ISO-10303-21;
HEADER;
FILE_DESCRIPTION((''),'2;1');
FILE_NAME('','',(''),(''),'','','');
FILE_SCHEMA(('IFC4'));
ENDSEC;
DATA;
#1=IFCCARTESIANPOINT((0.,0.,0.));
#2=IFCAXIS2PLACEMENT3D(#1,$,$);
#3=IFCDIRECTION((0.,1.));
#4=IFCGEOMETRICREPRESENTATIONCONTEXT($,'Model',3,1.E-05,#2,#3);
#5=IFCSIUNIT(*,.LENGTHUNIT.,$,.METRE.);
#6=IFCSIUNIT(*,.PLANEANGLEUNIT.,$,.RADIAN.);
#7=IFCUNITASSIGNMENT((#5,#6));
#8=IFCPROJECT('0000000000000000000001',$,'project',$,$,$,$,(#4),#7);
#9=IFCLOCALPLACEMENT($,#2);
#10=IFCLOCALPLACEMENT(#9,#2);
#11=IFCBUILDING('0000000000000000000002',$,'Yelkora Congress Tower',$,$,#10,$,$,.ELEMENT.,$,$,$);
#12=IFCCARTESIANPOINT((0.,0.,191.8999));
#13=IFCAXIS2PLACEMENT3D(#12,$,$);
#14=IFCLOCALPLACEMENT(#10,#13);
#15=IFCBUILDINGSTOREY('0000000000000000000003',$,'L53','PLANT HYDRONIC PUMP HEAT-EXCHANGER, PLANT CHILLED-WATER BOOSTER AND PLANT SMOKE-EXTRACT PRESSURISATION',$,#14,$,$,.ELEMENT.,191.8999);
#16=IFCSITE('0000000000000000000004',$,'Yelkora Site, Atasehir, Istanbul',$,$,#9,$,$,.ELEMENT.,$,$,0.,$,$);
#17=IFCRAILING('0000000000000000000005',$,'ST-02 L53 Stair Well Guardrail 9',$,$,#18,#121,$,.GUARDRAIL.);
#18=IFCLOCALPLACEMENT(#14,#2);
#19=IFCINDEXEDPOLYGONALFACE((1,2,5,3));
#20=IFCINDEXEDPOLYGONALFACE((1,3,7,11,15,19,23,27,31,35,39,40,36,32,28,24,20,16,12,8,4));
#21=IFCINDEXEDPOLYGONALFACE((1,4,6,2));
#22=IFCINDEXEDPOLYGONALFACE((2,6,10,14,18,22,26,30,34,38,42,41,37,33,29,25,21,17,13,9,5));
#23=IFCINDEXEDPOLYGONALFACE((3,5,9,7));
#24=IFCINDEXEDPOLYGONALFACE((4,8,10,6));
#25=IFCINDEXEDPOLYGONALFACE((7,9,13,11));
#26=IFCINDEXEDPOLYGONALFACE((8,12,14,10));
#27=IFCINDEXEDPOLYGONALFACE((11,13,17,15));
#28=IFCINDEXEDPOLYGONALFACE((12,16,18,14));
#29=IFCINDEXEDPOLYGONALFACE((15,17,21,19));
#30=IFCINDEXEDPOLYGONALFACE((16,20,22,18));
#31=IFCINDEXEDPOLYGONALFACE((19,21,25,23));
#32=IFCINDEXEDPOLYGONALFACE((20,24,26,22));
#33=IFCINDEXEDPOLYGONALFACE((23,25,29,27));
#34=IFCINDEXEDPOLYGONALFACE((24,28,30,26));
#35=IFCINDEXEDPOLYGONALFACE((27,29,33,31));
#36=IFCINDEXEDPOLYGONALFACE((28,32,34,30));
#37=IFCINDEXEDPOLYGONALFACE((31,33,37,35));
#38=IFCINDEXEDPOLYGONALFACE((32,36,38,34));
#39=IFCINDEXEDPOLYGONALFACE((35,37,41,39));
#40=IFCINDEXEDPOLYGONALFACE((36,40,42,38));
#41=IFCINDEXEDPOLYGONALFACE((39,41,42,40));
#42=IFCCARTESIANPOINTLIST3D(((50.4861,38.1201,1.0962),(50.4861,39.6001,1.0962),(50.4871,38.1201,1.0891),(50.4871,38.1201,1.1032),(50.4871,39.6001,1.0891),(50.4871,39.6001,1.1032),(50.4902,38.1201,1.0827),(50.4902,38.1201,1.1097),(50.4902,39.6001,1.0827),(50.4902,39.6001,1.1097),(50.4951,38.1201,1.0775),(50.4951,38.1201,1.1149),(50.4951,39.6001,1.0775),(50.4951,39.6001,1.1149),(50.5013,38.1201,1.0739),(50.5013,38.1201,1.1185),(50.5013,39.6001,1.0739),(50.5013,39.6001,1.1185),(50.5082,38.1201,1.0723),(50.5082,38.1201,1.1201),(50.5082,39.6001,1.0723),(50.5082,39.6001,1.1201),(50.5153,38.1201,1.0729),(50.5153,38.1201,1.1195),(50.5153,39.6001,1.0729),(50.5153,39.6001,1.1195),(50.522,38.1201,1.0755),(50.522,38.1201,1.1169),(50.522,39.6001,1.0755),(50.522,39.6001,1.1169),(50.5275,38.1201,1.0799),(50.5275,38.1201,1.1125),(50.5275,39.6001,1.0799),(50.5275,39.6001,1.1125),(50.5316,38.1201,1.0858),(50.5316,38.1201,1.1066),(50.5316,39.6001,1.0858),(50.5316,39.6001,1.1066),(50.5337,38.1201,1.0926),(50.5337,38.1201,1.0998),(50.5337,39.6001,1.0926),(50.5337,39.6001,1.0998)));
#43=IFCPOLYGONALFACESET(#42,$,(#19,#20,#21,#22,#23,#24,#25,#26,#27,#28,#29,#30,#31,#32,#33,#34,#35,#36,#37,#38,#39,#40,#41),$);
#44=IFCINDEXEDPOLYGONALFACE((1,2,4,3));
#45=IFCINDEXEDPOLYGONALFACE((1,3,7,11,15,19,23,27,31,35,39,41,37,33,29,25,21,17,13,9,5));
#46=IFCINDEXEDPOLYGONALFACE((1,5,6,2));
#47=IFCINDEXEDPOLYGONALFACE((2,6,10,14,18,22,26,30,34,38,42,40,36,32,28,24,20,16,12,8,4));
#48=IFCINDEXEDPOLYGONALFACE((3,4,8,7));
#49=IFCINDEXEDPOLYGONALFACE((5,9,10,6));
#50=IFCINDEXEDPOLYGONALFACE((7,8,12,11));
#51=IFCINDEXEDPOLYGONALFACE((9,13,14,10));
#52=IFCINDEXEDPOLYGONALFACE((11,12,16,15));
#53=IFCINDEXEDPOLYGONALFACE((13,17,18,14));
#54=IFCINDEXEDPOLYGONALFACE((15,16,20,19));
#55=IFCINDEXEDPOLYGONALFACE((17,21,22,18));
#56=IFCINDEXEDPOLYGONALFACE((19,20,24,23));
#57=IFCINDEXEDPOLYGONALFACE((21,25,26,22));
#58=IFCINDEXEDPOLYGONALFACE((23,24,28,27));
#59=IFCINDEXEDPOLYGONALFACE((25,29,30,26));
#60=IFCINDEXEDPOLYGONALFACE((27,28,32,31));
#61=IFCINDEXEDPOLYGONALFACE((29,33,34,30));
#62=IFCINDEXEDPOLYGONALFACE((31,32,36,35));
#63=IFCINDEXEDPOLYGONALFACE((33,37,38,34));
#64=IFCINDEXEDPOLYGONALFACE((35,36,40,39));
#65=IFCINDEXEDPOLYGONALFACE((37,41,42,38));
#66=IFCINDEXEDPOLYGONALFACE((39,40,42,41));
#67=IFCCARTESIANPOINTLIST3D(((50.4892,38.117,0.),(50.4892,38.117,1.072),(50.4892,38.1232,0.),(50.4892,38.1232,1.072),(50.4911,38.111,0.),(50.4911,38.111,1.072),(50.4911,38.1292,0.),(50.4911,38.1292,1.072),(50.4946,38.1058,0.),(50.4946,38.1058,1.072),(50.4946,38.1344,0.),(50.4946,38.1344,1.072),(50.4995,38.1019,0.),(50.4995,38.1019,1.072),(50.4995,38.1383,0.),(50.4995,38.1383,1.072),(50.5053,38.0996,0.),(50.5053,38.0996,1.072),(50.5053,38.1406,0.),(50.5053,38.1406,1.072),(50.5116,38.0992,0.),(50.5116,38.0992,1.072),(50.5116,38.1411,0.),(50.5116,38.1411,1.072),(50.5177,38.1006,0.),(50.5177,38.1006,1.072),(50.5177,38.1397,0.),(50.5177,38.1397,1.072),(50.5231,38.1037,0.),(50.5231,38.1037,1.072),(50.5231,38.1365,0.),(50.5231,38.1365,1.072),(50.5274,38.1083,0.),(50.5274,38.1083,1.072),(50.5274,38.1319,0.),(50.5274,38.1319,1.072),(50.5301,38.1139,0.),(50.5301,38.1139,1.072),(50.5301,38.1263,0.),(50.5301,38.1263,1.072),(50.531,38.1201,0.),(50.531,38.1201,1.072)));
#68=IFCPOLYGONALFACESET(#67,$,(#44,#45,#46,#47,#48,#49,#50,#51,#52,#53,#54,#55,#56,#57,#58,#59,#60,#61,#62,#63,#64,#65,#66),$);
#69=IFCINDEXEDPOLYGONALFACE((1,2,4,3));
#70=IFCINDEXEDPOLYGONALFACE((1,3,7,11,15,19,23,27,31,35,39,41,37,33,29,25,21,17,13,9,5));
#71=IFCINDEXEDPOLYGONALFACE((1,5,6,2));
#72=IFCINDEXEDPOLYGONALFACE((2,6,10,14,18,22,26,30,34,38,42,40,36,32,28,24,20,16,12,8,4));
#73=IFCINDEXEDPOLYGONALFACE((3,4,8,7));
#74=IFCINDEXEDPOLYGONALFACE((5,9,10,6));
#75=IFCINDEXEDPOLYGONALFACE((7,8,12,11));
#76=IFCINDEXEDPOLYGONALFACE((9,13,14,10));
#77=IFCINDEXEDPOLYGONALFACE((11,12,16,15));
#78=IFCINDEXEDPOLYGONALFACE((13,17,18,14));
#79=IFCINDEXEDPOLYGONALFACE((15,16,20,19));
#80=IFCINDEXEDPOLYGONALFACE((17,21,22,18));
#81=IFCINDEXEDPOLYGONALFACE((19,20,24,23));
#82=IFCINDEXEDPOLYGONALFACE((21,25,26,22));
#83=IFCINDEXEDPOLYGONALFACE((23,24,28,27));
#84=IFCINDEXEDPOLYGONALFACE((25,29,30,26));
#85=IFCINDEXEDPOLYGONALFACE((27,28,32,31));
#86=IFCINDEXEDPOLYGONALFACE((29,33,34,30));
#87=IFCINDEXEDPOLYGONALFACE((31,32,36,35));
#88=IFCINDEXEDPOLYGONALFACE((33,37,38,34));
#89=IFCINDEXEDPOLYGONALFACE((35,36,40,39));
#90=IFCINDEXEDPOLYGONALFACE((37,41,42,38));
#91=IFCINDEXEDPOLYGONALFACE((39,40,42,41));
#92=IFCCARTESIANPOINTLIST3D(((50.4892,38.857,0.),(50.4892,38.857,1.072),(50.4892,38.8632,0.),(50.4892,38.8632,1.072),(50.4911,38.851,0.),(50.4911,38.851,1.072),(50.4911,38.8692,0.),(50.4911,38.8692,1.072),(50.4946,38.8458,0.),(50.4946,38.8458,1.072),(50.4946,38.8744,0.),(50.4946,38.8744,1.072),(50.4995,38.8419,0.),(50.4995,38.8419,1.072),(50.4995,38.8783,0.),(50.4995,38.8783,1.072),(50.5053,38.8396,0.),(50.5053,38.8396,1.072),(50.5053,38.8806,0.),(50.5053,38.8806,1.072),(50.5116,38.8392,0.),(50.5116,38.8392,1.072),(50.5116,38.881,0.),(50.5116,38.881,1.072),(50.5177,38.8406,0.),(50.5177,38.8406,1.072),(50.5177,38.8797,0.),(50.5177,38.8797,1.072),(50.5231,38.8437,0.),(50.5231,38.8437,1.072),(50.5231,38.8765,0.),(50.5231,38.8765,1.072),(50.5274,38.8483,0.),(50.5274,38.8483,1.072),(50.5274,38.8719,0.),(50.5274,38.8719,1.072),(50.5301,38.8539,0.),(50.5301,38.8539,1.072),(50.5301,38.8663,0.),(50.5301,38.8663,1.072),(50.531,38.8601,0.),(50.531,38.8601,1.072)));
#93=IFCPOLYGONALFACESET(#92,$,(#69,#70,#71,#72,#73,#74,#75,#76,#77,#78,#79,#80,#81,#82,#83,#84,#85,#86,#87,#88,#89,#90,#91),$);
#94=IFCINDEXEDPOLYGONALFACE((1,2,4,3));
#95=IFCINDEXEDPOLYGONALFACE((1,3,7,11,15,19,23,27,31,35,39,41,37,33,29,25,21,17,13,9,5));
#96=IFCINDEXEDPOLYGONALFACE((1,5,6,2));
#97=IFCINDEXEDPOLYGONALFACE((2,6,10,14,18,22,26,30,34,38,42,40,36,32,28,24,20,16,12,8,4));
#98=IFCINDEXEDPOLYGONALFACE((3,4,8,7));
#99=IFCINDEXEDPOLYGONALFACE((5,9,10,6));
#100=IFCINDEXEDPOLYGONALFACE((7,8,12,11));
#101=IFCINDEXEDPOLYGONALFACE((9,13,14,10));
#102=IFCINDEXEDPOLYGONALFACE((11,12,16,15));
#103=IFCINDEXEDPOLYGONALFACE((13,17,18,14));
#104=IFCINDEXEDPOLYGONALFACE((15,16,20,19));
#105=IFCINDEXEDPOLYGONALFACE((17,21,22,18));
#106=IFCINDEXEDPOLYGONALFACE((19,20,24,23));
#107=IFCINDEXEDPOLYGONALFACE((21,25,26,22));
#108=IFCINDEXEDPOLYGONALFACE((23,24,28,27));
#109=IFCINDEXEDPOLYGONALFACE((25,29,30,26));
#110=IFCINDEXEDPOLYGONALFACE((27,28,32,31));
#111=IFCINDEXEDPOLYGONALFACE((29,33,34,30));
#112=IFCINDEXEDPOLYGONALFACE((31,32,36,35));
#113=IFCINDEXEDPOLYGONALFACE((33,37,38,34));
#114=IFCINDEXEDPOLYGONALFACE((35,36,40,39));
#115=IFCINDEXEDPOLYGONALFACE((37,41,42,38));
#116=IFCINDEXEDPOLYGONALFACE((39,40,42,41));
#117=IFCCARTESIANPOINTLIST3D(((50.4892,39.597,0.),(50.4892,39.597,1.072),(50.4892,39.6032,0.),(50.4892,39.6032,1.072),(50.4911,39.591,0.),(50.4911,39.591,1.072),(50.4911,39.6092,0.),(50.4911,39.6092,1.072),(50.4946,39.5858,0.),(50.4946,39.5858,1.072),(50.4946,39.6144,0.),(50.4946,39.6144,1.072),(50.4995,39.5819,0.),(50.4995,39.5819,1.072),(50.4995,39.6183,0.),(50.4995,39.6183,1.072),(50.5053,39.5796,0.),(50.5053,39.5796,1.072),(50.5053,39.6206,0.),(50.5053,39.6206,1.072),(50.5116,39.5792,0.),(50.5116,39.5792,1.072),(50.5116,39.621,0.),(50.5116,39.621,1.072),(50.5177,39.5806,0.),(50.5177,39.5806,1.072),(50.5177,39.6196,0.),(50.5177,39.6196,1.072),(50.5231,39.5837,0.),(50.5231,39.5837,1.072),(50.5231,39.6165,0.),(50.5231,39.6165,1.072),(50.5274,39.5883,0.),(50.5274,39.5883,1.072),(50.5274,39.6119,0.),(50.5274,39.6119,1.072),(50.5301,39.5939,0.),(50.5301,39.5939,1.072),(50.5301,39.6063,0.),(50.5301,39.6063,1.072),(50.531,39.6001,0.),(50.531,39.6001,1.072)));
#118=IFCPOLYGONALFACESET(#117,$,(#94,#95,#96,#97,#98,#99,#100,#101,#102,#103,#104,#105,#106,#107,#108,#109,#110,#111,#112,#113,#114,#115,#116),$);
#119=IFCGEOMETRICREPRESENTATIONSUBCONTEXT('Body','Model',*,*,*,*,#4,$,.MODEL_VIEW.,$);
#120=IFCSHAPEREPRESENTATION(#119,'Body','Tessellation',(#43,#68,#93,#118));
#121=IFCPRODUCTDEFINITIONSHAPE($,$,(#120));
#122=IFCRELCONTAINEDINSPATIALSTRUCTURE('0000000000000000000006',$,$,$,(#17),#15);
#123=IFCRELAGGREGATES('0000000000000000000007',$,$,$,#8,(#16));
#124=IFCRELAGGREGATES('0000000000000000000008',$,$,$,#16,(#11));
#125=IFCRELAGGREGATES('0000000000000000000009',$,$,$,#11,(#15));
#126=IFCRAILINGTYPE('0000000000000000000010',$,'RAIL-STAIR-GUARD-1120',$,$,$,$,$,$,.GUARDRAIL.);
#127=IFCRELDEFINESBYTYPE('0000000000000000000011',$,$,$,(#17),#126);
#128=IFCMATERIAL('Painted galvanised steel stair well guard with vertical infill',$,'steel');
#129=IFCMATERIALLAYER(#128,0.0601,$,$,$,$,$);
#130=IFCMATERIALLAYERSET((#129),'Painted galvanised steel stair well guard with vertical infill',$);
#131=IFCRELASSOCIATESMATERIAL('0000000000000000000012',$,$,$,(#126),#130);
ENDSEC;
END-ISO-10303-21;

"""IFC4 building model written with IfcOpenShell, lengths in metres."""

from ifc_helpers import new_model, si_unit, direction, frame, origin, origin_2d, place, context, subcontext, project, spatial, circle, extrude, material, layer, layer_set, type_object, element, save


model = new_model("IFC4")

# Units and contexts
model_context = context("Model", 3, precision=1e-05, world=origin(), true_north=direction((0.0, 1.0)))
body_context = subcontext(model_context, "Body", "Model", "MODEL_VIEW")
ifc_project = project(units=[si_unit("LENGTHUNIT", "METRE"), si_unit("PLANEANGLEUNIT", "RADIAN")], contexts=[model_context])

# Site, building, storey
site_placement = place(None, origin())
site = spatial("IfcSite", under=ifc_project, at=site_placement, Name="Yelkora Site, Atasehir, Istanbul", CompositionType="ELEMENT", RefElevation=0.0)
building_placement = place(site_placement, origin())
building = spatial("IfcBuilding", under=site, at=building_placement, Name="Yelkora Congress Tower", CompositionType="ELEMENT")
storey_placement = place(building_placement, frame((0.0, 0.0, 191.8999)))
storey = spatial("IfcBuildingStorey", under=building, at=storey_placement, Name="L53", Description="PLANT HYDRONIC PUMP HEAT-EXCHANGER, PLANT CHILLED-WATER BOOSTER AND PLANT SMOKE-EXTRACT PRESSURISATION", CompositionType="ELEMENT", Elevation=191.8999)

# Railing
ifc_material_1 = material(Name="Painted galvanised steel stair well guard with vertical infill", Category="steel")
ifc_layer_1 = layer(ifc_material_1, 0.0601)
ifc_layer_set_1 = layer_set([ifc_layer_1], Name="Painted galvanised steel stair well guard with vertical infill")
railing_type_1 = type_object("IfcRailingType", Name="RAIL-STAIR-GUARD-1120", PredefinedType="GUARDRAIL", material=ifc_layer_set_1)
for number, where, name in (
    (1, (50.51, 38.1201, 0.0), "ST-02 L53 Stair Well Guardrail 9"),
):
    element("IfcRailing", number, at=place(storey_placement, frame(where)), inside=storey, type_object=railing_type_1, Name=name, PredefinedType="GUARDRAIL", context=body_context, shape_type="SweptSolid", body=[
        extrude(circle(Radius=0.0239, at=origin_2d()), frame((0.0, 0.0, 1.0962), z_axis=(0.0, 1.0, 0.0), x_axis=(-1.0, 0.0, 0.0)), (0.0, 0.0, 1.0), 1.48),
        extrude(circle(Radius=0.021, at=origin_2d()), origin(), (0.0, 0.0, 1.0), 1.072),
        extrude(circle(Radius=0.021, at=origin_2d()), frame((0.0, 0.74, 0.0)), (0.0, 0.0, 1.0), 1.072),
        extrude(circle(Radius=0.021, at=origin_2d()), frame((0.0, 1.48, 0.0)), (0.0, 0.0, 1.0), 1.072),
    ])

save(model, "model.ifc")
